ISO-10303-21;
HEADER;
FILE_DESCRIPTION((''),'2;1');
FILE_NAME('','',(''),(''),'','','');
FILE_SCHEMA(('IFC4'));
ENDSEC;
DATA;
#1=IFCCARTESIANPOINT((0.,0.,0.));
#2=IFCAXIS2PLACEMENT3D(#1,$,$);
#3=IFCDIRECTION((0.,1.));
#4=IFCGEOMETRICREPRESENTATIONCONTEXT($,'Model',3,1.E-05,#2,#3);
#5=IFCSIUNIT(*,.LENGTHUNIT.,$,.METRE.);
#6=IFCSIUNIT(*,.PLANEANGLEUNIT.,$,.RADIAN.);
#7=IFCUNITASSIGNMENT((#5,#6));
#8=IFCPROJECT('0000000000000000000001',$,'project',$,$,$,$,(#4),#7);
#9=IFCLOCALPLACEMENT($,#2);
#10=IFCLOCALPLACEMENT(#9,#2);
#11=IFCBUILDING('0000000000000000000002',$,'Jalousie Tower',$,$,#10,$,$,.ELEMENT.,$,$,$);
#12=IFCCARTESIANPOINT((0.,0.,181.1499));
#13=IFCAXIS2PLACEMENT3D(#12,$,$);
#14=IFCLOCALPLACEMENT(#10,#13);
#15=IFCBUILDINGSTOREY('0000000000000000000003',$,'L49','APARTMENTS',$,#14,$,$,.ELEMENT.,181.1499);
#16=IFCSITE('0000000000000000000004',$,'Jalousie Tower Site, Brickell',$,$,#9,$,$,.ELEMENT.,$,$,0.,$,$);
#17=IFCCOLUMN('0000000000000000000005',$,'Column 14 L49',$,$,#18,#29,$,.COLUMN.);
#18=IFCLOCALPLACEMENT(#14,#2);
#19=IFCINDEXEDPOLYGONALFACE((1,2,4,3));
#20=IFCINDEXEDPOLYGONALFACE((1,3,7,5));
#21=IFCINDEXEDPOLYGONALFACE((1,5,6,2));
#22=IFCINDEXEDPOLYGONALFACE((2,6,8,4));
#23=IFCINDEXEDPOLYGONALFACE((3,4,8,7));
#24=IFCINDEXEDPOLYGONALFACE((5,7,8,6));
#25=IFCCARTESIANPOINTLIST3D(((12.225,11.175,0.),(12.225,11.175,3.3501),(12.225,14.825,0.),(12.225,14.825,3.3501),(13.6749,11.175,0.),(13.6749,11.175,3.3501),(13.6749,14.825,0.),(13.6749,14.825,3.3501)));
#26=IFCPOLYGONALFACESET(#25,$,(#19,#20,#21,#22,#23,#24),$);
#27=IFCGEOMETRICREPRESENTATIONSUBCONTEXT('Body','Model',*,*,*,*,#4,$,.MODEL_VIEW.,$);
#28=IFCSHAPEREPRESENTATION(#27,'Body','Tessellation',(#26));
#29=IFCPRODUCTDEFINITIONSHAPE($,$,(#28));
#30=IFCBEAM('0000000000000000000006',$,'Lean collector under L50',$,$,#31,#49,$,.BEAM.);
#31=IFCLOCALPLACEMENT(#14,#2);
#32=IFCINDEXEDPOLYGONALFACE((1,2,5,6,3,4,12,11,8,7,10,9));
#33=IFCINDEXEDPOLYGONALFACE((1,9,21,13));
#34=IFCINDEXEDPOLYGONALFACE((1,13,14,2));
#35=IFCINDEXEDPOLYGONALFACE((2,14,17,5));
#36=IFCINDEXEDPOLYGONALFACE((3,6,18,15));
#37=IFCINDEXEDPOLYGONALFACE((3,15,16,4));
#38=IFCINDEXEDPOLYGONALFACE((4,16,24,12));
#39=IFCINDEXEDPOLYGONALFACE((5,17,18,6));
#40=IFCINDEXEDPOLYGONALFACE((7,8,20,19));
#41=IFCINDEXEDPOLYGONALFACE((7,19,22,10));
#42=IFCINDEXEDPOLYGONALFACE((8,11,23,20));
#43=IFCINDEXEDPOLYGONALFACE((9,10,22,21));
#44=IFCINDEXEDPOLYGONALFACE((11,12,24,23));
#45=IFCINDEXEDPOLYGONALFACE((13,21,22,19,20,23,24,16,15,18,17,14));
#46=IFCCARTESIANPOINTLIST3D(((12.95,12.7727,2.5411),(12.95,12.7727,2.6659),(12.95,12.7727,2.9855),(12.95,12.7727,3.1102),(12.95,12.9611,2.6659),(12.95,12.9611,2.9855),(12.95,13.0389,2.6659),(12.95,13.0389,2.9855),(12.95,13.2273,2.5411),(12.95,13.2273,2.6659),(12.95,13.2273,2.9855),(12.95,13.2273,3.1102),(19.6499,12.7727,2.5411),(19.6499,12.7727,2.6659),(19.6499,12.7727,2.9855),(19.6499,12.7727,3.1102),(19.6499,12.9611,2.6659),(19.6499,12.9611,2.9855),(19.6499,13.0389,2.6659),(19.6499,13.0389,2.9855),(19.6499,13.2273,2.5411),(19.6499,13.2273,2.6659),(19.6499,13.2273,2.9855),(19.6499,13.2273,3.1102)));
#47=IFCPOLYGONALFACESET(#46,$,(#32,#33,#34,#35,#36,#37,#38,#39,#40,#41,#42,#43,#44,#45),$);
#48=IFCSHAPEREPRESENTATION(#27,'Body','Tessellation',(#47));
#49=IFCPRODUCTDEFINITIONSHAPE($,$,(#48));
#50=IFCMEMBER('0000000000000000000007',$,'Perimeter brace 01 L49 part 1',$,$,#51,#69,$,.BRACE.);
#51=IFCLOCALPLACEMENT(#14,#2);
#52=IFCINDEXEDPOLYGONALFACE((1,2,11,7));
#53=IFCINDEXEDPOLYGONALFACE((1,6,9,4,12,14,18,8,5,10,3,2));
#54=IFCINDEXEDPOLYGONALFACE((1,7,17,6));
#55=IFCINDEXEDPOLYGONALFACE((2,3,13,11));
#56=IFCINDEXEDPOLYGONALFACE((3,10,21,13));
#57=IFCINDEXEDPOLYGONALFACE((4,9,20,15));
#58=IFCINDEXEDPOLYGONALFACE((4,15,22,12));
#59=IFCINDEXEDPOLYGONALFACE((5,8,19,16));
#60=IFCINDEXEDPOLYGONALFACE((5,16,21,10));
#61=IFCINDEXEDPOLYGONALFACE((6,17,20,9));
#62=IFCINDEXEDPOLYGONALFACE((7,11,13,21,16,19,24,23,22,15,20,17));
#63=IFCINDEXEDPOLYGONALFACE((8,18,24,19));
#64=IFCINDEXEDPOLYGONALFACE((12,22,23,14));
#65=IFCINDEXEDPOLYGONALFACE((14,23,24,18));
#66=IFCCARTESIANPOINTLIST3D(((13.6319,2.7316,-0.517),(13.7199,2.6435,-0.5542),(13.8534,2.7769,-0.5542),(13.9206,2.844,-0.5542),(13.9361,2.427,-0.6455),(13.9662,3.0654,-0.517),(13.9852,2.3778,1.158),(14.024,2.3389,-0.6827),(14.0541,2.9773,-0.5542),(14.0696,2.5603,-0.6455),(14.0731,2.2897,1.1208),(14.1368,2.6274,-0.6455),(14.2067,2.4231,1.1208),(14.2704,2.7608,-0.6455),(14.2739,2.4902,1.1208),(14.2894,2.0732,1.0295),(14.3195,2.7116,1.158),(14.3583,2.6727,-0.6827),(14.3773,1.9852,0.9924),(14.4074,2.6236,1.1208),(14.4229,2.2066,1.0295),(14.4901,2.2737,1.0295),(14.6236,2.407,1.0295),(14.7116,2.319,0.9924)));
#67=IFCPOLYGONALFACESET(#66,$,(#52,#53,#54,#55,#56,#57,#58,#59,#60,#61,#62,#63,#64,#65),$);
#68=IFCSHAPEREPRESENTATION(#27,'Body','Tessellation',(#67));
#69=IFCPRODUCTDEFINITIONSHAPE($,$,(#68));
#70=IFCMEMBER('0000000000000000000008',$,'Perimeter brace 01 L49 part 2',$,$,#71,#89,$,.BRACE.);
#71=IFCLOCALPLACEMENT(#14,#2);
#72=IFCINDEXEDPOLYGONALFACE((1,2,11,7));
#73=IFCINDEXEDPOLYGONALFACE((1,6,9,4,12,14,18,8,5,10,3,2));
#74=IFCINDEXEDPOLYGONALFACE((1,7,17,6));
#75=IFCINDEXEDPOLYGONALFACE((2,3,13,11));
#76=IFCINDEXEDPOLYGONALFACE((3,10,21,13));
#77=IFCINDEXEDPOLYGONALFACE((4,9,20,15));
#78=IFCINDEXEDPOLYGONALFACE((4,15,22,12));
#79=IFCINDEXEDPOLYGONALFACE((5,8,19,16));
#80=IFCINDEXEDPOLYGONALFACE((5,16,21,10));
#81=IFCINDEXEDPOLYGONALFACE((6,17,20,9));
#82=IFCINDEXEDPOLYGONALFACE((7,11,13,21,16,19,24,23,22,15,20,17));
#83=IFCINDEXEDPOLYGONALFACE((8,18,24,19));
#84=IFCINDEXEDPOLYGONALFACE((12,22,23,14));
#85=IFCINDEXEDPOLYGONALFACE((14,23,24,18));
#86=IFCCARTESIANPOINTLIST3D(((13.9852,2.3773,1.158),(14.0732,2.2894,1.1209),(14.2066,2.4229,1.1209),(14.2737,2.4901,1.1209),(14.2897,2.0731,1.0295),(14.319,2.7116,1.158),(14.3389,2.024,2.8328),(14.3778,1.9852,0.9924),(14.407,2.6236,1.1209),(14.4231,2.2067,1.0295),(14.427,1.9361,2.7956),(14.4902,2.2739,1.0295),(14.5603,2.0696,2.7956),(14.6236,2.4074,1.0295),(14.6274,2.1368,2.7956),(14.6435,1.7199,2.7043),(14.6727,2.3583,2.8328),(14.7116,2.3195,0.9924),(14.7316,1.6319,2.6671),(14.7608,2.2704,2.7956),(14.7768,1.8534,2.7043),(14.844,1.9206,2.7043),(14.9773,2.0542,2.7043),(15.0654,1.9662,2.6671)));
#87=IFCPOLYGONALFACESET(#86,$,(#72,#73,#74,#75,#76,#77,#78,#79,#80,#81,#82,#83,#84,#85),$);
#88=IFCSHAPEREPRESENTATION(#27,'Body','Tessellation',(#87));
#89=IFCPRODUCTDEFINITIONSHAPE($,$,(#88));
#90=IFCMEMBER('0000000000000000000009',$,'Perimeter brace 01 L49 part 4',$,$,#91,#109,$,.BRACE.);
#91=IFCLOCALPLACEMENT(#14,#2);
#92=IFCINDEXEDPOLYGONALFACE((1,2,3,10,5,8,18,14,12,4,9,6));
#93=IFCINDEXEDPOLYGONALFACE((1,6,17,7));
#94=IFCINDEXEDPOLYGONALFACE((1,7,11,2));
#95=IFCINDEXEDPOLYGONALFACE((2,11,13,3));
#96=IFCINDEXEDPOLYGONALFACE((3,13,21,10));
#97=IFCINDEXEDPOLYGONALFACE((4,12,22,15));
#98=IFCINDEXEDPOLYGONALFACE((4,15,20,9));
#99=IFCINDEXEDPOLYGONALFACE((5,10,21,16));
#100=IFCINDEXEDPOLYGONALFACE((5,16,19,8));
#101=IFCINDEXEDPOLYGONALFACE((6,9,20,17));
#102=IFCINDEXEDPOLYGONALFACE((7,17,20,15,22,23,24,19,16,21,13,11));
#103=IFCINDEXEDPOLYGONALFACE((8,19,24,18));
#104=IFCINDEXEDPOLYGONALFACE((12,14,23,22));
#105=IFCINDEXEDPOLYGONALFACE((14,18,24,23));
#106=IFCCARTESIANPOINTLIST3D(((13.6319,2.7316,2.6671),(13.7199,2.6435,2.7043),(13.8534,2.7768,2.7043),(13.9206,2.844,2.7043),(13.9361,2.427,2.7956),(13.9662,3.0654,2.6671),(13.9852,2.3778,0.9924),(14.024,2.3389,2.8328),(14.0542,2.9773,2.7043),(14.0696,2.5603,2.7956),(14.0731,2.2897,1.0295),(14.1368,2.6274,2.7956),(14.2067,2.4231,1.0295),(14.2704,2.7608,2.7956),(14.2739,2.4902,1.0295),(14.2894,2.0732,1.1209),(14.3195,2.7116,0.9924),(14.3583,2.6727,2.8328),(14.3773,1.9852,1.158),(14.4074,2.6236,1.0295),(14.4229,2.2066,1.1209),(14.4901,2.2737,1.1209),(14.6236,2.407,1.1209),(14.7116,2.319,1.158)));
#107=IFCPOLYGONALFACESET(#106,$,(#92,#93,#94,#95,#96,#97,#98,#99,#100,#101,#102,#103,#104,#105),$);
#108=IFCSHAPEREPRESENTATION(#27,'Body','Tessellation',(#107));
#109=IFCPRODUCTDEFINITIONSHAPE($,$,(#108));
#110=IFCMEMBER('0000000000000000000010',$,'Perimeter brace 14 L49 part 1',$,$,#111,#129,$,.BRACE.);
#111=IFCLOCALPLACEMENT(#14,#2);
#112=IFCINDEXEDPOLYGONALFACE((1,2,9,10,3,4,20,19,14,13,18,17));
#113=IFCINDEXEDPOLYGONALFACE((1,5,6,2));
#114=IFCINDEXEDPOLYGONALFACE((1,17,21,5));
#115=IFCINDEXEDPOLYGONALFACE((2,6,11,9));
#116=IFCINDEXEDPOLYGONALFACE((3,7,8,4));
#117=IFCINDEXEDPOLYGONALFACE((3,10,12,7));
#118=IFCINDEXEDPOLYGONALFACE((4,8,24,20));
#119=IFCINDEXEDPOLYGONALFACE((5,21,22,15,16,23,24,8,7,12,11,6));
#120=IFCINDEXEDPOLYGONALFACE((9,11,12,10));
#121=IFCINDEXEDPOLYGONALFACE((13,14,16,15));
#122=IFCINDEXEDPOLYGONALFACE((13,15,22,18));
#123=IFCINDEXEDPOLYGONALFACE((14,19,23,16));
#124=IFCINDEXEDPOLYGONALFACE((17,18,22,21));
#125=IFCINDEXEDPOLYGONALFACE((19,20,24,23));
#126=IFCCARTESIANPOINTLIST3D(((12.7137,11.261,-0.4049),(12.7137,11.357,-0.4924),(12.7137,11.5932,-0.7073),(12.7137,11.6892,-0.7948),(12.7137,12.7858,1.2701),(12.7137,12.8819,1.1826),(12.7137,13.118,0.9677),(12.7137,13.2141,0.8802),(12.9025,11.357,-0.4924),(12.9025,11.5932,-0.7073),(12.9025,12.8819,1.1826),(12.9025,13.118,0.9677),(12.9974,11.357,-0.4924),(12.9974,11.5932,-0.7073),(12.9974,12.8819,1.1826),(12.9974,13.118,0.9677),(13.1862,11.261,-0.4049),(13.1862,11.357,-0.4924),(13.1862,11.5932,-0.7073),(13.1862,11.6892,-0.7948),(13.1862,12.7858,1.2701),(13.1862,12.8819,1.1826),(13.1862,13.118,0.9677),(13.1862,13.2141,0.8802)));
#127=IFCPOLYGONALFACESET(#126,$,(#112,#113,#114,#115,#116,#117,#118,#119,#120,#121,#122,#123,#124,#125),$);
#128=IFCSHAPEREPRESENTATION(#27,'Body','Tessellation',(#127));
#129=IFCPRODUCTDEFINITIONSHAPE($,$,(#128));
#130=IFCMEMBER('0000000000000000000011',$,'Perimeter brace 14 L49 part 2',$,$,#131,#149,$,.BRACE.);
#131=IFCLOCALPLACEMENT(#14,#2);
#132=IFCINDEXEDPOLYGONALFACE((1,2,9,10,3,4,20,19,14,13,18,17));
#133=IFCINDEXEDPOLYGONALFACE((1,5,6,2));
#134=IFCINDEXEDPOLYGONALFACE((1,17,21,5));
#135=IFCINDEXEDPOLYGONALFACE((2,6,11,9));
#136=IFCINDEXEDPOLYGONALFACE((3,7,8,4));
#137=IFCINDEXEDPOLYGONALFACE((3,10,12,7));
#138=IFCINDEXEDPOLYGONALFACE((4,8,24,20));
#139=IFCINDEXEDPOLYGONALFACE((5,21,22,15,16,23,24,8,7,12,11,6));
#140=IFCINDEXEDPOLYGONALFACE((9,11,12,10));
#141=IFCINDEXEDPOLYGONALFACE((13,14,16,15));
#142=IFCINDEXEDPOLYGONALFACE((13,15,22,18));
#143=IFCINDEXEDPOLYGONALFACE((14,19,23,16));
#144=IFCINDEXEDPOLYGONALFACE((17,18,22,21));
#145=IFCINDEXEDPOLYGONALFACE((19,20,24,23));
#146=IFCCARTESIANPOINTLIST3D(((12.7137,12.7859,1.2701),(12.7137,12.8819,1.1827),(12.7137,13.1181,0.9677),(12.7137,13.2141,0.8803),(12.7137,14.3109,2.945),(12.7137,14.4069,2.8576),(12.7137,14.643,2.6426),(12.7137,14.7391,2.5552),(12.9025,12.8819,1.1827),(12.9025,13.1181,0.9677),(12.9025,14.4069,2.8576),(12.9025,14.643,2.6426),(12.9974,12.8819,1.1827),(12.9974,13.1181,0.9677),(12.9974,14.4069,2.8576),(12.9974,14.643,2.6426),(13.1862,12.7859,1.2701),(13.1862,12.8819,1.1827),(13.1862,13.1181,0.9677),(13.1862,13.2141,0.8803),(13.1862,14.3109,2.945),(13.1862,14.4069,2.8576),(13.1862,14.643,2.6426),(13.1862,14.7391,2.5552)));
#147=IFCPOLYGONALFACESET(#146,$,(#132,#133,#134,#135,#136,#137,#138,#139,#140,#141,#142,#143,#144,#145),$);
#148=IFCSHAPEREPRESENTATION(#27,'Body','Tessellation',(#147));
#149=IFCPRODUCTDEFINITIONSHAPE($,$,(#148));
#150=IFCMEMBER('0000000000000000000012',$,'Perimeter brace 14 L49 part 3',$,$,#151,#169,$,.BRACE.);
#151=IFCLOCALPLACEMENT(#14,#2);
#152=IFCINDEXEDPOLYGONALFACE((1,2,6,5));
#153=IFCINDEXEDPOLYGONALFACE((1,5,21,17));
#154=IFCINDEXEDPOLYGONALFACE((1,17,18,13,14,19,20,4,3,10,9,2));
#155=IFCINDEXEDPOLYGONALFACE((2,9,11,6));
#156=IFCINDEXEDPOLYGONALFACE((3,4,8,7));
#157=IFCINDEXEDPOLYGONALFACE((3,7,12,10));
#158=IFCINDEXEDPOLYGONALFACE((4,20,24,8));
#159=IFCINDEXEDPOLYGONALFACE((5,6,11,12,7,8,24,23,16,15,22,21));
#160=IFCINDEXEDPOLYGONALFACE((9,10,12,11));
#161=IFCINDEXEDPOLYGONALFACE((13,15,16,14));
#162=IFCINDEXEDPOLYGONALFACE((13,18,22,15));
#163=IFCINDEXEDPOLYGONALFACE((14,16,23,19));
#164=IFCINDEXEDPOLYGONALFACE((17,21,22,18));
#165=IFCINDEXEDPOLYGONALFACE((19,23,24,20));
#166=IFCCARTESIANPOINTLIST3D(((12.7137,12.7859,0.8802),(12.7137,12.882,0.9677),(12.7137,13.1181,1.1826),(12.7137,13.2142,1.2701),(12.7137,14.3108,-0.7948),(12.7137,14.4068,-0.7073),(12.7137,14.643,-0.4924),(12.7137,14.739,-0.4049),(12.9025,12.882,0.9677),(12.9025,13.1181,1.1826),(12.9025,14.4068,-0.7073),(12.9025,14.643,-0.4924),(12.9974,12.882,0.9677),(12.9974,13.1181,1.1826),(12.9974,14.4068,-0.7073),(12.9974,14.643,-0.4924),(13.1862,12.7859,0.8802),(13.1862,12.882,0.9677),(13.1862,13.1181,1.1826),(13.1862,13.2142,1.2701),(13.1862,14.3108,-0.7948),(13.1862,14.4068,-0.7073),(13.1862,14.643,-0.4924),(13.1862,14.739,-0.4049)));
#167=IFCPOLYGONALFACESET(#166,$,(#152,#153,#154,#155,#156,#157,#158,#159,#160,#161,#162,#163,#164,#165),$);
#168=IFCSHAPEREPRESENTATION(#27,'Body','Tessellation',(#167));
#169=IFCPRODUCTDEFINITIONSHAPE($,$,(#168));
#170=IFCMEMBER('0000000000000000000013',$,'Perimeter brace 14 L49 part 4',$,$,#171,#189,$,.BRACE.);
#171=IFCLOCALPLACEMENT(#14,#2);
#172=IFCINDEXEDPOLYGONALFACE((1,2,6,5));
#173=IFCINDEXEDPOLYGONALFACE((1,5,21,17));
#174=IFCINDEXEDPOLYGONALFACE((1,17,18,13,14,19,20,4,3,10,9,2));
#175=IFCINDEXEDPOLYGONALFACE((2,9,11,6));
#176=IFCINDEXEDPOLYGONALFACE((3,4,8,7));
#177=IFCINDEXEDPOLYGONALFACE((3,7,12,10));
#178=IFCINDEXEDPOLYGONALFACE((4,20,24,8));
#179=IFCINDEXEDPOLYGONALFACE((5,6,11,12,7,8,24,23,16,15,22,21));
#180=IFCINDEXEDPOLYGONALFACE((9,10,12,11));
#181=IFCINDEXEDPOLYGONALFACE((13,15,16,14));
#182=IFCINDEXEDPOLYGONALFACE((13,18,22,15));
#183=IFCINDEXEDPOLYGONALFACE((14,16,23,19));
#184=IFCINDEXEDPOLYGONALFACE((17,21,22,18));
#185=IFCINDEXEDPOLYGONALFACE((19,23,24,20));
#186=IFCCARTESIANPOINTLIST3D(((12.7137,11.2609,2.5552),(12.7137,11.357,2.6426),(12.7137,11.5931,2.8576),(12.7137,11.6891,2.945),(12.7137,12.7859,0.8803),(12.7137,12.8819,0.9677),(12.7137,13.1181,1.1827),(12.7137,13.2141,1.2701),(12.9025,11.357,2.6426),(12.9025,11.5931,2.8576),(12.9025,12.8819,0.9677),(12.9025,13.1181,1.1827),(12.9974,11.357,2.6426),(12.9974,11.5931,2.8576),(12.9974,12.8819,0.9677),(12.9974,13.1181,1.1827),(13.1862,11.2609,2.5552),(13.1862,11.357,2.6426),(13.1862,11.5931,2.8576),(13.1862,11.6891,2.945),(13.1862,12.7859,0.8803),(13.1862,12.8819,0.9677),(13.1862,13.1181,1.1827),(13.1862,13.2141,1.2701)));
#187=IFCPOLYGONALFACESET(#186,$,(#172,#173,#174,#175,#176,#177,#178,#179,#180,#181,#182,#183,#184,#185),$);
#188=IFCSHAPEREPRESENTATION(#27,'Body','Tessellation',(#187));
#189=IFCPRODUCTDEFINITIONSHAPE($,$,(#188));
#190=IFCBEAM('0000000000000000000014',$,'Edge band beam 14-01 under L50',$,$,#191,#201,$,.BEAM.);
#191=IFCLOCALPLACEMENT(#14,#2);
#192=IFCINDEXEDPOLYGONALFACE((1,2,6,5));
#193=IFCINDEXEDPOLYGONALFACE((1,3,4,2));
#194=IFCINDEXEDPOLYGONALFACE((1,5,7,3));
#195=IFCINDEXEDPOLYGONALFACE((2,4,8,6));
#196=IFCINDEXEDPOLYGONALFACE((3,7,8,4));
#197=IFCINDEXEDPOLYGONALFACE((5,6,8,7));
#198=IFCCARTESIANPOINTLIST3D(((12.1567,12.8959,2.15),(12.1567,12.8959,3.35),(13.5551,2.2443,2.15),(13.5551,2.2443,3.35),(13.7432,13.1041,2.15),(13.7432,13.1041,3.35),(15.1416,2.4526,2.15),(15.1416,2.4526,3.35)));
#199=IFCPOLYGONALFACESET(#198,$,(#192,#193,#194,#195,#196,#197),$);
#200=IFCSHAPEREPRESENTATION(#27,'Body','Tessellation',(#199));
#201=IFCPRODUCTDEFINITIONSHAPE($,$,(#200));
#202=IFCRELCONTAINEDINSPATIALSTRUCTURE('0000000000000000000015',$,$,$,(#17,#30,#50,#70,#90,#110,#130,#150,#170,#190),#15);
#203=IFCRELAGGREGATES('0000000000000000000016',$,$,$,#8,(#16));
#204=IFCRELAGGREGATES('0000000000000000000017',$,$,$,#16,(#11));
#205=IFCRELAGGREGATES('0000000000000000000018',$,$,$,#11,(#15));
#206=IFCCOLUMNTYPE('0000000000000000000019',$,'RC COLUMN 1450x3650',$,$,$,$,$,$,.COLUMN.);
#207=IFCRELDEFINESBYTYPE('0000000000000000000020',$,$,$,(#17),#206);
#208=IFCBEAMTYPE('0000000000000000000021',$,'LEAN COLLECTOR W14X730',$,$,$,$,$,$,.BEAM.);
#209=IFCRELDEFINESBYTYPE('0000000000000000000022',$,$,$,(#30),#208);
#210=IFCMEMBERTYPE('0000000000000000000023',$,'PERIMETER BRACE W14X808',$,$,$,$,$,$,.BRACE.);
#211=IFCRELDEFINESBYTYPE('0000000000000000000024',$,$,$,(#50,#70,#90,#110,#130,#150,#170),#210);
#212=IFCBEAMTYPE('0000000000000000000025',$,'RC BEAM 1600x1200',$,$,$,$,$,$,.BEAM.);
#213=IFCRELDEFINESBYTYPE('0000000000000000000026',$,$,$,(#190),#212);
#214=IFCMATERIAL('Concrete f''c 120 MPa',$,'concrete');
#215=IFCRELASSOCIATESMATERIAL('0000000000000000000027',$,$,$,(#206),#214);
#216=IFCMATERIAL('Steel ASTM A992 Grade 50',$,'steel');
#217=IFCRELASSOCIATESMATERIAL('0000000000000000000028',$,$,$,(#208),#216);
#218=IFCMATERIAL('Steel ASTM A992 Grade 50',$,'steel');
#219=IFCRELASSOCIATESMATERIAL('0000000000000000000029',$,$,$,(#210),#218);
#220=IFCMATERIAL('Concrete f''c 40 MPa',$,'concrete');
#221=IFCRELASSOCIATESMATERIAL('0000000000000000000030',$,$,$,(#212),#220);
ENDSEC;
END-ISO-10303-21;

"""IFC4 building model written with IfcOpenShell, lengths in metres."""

from ifc_helpers import new_model, si_unit, direction, frame, origin, origin_2d, place, context, subcontext, project, spatial, rectangle, i_section, extrude, material, material_profile, profile_set, type_object, element, save


model = new_model("IFC4")

# Units and contexts
model_context = context("Model", 3, precision=1e-05, world=origin(), true_north=direction((0.0, 1.0)))
body_context = subcontext(model_context, "Body", "Model", "MODEL_VIEW")
ifc_project = project(units=[si_unit("LENGTHUNIT", "METRE"), si_unit("PLANEANGLEUNIT", "RADIAN")], contexts=[model_context])

# Site, building, storey
site_placement = place(None, origin())
site = spatial("IfcSite", under=ifc_project, at=site_placement, Name="Jalousie Tower Site, Brickell", CompositionType="ELEMENT", RefElevation=0.0)
building_placement = place(site_placement, origin())
building = spatial("IfcBuilding", under=site, at=building_placement, Name="Jalousie Tower", CompositionType="ELEMENT")
storey_placement = place(building_placement, frame((0.0, 0.0, 181.1499)))
storey = spatial("IfcBuildingStorey", under=building, at=storey_placement, Name="L49", Description="APARTMENTS", CompositionType="ELEMENT", Elevation=181.1499)

# Column
ifc_material_1 = material(Name="Concrete f'c 120 MPa", Category="concrete")
ifc_material_profile_1 = material_profile(ifc_material_1, rectangle(XDim=1.45, YDim=3.6499, at=origin_2d()), Name="RC 1450x3650")
ifc_profile_set_1 = profile_set([ifc_material_profile_1], Name="Concrete f'c 120 MPa")
column_type = type_object("IfcColumnType", Name="RC COLUMN 1450x3650", PredefinedType="COLUMN", material=ifc_profile_set_1)
column_placement = place(storey_placement, frame((12.95, 13.0, 0.0), z_axis=(0.0, 0.0, 1.0), x_axis=(1.0, 0.0, 0.0)))
element("IfcColumn", 1, at=column_placement, inside=storey, type_object=column_type, Name="Column 14 L49", PredefinedType="COLUMN", context=body_context, shape_type="SweptSolid", body=[
    extrude(rectangle(XDim=1.45, YDim=3.6499, at=origin_2d()), origin(), (0.0, 0.0, 1.0), 3.3501),
])

# Beam
ifc_material_2 = material(Name="Steel ASTM A992 Grade 50", Category="steel")
ifc_material_profile_2 = material_profile(ifc_material_2, i_section(OverallWidth=0.4546, OverallDepth=0.5691, WebThickness=0.0779, FlangeThickness=0.1248, at=origin_2d()), Name="W14X730")
ifc_profile_set_2 = profile_set([ifc_material_profile_2], Name="Steel ASTM A992 Grade 50")
beam_type_1 = type_object("IfcBeamType", Name="LEAN COLLECTOR W14X730", PredefinedType="BEAM", material=ifc_profile_set_2)
beam_1_placement = place(storey_placement, frame((12.95, 13.0, 2.8257), z_axis=(1.0, 0.0, 0.0), x_axis=(0.0, 1.0, 0.0)))
element("IfcBeam", 2, at=beam_1_placement, inside=storey, type_object=beam_type_1, Name="Lean collector under L50", PredefinedType="BEAM", context=body_context, shape_type="SweptSolid", body=[
    extrude(i_section(OverallWidth=0.4546, OverallDepth=0.5691, WebThickness=0.0779, FlangeThickness=0.1248, at=origin_2d()), origin(), (0.0, 0.0, 1.0), 6.7),
])

# Members
ifc_material_3 = material(Name="Steel ASTM A992 Grade 50", Category="steel")
ifc_material_profile_3 = material_profile(ifc_material_3, i_section(OverallWidth=0.4724, OverallDepth=0.5791, WebThickness=0.095, FlangeThickness=0.1299, at=origin_2d()), Name="W14X808")
ifc_profile_set_3 = profile_set([ifc_material_profile_3], Name="Steel ASTM A992 Grade 50")
member_type = type_object("IfcMemberType", Name="PERIMETER BRACE W14X808", PredefinedType="BRACE", material=ifc_profile_set_3)
member_placement = place(storey_placement, frame((13.9951, 2.7021, -0.5999), z_axis=(0.202093, -0.202372, 0.95823), x_axis=(0.707595, 0.706618, 0.0)))
element("IfcMember", 3, at=member_placement, inside=storey, type_object=member_type, Name="Perimeter brace 01 L49 part 1", PredefinedType="BRACE", context=body_context, shape_type="SweptSolid", body=[
    extrude(i_section(OverallWidth=0.4724, OverallDepth=0.5791, WebThickness=0.095, FlangeThickness=0.1299, at=origin_2d()), origin(), (0.0, 0.0, 1.0), 1.748),
])
for number, where, z_axis, x_axis, name in (
    (4, (14.3484, 2.3484, 1.0752), (0.202399, -0.20212, 0.958218), (0.706618, 0.707595, 0.0), "Perimeter brace 01 L49 part 2"),
    (5, (14.3484, 2.3484, 1.0752), (-0.20212, 0.202399, 0.958218), (-0.707595, -0.706618, 0.0), "Perimeter brace 01 L49 part 4"),
):
    element("IfcMember", number, at=place(storey_placement, frame(where, z_axis=z_axis, x_axis=x_axis)), inside=storey, type_object=member_type, Name=name, PredefinedType="BRACE", context=body_context, shape_type="SweptSolid", body=[
        extrude(i_section(OverallWidth=0.4724, OverallDepth=0.5791, WebThickness=0.095, FlangeThickness=0.1299, at=origin_2d()), origin(), (0.0, 0.0, 1.0), 1.7478),
    ])
for number, where, z_axis, x_axis, name in (
    (6, (12.95, 11.4751, -0.5999), (0.0, 0.673188, 0.739472), (-1.0, 0.0, 0.0), "Perimeter brace 14 L49 part 1"),
    (7, (12.95, 13.0, 1.0752), (0.0, 0.673241, 0.739423), (-1.0, 0.0, 0.0), "Perimeter brace 14 L49 part 2"),
    (8, (12.95, 14.5249, -0.5999), (0.0, -0.673188, 0.739472), (1.0, 0.0, 0.0), "Perimeter brace 14 L49 part 3"),
    (9, (12.95, 13.0, 1.0752), (0.0, -0.673241, 0.739423), (1.0, 0.0, 0.0), "Perimeter brace 14 L49 part 4"),
):
    element("IfcMember", number, at=place(storey_placement, frame(where, z_axis=z_axis, x_axis=x_axis)), inside=storey, type_object=member_type, Name=name, PredefinedType="BRACE", context=body_context, shape_type="SweptSolid", body=[
        extrude(i_section(OverallWidth=0.4724, OverallDepth=0.5791, WebThickness=0.095, FlangeThickness=0.1299, at=origin_2d()), origin(), (0.0, 0.0, 1.0), 2.2651),
    ])

# Beam
ifc_material_4 = material(Name="Concrete f'c 40 MPa", Category="concrete")
ifc_material_profile_4 = material_profile(ifc_material_4, rectangle(XDim=1.6001, YDim=1.2, at=origin_2d()), Name="RC 1600x1200")
ifc_profile_set_4 = profile_set([ifc_material_profile_4], Name="Concrete f'c 40 MPa")
beam_type_2 = type_object("IfcBeamType", Name="RC BEAM 1600x1200", PredefinedType="BEAM", material=ifc_profile_set_4)
beam_2_placement = place(storey_placement, frame((12.95, 13.0, 2.75), z_axis=(0.130172, -0.991491, 0.0), x_axis=(0.991491, 0.130172, 0.0)))
element("IfcBeam", 10, at=beam_2_placement, inside=storey, type_object=beam_type_2, Name="Edge band beam 14-01 under L50", PredefinedType="BEAM", context=body_context, shape_type="SweptSolid", body=[
    extrude(rectangle(XDim=1.6001, YDim=1.2, at=origin_2d()), origin(), (0.0, 0.0, 1.0), 10.7429),
])

save(model, "model.ifc")
